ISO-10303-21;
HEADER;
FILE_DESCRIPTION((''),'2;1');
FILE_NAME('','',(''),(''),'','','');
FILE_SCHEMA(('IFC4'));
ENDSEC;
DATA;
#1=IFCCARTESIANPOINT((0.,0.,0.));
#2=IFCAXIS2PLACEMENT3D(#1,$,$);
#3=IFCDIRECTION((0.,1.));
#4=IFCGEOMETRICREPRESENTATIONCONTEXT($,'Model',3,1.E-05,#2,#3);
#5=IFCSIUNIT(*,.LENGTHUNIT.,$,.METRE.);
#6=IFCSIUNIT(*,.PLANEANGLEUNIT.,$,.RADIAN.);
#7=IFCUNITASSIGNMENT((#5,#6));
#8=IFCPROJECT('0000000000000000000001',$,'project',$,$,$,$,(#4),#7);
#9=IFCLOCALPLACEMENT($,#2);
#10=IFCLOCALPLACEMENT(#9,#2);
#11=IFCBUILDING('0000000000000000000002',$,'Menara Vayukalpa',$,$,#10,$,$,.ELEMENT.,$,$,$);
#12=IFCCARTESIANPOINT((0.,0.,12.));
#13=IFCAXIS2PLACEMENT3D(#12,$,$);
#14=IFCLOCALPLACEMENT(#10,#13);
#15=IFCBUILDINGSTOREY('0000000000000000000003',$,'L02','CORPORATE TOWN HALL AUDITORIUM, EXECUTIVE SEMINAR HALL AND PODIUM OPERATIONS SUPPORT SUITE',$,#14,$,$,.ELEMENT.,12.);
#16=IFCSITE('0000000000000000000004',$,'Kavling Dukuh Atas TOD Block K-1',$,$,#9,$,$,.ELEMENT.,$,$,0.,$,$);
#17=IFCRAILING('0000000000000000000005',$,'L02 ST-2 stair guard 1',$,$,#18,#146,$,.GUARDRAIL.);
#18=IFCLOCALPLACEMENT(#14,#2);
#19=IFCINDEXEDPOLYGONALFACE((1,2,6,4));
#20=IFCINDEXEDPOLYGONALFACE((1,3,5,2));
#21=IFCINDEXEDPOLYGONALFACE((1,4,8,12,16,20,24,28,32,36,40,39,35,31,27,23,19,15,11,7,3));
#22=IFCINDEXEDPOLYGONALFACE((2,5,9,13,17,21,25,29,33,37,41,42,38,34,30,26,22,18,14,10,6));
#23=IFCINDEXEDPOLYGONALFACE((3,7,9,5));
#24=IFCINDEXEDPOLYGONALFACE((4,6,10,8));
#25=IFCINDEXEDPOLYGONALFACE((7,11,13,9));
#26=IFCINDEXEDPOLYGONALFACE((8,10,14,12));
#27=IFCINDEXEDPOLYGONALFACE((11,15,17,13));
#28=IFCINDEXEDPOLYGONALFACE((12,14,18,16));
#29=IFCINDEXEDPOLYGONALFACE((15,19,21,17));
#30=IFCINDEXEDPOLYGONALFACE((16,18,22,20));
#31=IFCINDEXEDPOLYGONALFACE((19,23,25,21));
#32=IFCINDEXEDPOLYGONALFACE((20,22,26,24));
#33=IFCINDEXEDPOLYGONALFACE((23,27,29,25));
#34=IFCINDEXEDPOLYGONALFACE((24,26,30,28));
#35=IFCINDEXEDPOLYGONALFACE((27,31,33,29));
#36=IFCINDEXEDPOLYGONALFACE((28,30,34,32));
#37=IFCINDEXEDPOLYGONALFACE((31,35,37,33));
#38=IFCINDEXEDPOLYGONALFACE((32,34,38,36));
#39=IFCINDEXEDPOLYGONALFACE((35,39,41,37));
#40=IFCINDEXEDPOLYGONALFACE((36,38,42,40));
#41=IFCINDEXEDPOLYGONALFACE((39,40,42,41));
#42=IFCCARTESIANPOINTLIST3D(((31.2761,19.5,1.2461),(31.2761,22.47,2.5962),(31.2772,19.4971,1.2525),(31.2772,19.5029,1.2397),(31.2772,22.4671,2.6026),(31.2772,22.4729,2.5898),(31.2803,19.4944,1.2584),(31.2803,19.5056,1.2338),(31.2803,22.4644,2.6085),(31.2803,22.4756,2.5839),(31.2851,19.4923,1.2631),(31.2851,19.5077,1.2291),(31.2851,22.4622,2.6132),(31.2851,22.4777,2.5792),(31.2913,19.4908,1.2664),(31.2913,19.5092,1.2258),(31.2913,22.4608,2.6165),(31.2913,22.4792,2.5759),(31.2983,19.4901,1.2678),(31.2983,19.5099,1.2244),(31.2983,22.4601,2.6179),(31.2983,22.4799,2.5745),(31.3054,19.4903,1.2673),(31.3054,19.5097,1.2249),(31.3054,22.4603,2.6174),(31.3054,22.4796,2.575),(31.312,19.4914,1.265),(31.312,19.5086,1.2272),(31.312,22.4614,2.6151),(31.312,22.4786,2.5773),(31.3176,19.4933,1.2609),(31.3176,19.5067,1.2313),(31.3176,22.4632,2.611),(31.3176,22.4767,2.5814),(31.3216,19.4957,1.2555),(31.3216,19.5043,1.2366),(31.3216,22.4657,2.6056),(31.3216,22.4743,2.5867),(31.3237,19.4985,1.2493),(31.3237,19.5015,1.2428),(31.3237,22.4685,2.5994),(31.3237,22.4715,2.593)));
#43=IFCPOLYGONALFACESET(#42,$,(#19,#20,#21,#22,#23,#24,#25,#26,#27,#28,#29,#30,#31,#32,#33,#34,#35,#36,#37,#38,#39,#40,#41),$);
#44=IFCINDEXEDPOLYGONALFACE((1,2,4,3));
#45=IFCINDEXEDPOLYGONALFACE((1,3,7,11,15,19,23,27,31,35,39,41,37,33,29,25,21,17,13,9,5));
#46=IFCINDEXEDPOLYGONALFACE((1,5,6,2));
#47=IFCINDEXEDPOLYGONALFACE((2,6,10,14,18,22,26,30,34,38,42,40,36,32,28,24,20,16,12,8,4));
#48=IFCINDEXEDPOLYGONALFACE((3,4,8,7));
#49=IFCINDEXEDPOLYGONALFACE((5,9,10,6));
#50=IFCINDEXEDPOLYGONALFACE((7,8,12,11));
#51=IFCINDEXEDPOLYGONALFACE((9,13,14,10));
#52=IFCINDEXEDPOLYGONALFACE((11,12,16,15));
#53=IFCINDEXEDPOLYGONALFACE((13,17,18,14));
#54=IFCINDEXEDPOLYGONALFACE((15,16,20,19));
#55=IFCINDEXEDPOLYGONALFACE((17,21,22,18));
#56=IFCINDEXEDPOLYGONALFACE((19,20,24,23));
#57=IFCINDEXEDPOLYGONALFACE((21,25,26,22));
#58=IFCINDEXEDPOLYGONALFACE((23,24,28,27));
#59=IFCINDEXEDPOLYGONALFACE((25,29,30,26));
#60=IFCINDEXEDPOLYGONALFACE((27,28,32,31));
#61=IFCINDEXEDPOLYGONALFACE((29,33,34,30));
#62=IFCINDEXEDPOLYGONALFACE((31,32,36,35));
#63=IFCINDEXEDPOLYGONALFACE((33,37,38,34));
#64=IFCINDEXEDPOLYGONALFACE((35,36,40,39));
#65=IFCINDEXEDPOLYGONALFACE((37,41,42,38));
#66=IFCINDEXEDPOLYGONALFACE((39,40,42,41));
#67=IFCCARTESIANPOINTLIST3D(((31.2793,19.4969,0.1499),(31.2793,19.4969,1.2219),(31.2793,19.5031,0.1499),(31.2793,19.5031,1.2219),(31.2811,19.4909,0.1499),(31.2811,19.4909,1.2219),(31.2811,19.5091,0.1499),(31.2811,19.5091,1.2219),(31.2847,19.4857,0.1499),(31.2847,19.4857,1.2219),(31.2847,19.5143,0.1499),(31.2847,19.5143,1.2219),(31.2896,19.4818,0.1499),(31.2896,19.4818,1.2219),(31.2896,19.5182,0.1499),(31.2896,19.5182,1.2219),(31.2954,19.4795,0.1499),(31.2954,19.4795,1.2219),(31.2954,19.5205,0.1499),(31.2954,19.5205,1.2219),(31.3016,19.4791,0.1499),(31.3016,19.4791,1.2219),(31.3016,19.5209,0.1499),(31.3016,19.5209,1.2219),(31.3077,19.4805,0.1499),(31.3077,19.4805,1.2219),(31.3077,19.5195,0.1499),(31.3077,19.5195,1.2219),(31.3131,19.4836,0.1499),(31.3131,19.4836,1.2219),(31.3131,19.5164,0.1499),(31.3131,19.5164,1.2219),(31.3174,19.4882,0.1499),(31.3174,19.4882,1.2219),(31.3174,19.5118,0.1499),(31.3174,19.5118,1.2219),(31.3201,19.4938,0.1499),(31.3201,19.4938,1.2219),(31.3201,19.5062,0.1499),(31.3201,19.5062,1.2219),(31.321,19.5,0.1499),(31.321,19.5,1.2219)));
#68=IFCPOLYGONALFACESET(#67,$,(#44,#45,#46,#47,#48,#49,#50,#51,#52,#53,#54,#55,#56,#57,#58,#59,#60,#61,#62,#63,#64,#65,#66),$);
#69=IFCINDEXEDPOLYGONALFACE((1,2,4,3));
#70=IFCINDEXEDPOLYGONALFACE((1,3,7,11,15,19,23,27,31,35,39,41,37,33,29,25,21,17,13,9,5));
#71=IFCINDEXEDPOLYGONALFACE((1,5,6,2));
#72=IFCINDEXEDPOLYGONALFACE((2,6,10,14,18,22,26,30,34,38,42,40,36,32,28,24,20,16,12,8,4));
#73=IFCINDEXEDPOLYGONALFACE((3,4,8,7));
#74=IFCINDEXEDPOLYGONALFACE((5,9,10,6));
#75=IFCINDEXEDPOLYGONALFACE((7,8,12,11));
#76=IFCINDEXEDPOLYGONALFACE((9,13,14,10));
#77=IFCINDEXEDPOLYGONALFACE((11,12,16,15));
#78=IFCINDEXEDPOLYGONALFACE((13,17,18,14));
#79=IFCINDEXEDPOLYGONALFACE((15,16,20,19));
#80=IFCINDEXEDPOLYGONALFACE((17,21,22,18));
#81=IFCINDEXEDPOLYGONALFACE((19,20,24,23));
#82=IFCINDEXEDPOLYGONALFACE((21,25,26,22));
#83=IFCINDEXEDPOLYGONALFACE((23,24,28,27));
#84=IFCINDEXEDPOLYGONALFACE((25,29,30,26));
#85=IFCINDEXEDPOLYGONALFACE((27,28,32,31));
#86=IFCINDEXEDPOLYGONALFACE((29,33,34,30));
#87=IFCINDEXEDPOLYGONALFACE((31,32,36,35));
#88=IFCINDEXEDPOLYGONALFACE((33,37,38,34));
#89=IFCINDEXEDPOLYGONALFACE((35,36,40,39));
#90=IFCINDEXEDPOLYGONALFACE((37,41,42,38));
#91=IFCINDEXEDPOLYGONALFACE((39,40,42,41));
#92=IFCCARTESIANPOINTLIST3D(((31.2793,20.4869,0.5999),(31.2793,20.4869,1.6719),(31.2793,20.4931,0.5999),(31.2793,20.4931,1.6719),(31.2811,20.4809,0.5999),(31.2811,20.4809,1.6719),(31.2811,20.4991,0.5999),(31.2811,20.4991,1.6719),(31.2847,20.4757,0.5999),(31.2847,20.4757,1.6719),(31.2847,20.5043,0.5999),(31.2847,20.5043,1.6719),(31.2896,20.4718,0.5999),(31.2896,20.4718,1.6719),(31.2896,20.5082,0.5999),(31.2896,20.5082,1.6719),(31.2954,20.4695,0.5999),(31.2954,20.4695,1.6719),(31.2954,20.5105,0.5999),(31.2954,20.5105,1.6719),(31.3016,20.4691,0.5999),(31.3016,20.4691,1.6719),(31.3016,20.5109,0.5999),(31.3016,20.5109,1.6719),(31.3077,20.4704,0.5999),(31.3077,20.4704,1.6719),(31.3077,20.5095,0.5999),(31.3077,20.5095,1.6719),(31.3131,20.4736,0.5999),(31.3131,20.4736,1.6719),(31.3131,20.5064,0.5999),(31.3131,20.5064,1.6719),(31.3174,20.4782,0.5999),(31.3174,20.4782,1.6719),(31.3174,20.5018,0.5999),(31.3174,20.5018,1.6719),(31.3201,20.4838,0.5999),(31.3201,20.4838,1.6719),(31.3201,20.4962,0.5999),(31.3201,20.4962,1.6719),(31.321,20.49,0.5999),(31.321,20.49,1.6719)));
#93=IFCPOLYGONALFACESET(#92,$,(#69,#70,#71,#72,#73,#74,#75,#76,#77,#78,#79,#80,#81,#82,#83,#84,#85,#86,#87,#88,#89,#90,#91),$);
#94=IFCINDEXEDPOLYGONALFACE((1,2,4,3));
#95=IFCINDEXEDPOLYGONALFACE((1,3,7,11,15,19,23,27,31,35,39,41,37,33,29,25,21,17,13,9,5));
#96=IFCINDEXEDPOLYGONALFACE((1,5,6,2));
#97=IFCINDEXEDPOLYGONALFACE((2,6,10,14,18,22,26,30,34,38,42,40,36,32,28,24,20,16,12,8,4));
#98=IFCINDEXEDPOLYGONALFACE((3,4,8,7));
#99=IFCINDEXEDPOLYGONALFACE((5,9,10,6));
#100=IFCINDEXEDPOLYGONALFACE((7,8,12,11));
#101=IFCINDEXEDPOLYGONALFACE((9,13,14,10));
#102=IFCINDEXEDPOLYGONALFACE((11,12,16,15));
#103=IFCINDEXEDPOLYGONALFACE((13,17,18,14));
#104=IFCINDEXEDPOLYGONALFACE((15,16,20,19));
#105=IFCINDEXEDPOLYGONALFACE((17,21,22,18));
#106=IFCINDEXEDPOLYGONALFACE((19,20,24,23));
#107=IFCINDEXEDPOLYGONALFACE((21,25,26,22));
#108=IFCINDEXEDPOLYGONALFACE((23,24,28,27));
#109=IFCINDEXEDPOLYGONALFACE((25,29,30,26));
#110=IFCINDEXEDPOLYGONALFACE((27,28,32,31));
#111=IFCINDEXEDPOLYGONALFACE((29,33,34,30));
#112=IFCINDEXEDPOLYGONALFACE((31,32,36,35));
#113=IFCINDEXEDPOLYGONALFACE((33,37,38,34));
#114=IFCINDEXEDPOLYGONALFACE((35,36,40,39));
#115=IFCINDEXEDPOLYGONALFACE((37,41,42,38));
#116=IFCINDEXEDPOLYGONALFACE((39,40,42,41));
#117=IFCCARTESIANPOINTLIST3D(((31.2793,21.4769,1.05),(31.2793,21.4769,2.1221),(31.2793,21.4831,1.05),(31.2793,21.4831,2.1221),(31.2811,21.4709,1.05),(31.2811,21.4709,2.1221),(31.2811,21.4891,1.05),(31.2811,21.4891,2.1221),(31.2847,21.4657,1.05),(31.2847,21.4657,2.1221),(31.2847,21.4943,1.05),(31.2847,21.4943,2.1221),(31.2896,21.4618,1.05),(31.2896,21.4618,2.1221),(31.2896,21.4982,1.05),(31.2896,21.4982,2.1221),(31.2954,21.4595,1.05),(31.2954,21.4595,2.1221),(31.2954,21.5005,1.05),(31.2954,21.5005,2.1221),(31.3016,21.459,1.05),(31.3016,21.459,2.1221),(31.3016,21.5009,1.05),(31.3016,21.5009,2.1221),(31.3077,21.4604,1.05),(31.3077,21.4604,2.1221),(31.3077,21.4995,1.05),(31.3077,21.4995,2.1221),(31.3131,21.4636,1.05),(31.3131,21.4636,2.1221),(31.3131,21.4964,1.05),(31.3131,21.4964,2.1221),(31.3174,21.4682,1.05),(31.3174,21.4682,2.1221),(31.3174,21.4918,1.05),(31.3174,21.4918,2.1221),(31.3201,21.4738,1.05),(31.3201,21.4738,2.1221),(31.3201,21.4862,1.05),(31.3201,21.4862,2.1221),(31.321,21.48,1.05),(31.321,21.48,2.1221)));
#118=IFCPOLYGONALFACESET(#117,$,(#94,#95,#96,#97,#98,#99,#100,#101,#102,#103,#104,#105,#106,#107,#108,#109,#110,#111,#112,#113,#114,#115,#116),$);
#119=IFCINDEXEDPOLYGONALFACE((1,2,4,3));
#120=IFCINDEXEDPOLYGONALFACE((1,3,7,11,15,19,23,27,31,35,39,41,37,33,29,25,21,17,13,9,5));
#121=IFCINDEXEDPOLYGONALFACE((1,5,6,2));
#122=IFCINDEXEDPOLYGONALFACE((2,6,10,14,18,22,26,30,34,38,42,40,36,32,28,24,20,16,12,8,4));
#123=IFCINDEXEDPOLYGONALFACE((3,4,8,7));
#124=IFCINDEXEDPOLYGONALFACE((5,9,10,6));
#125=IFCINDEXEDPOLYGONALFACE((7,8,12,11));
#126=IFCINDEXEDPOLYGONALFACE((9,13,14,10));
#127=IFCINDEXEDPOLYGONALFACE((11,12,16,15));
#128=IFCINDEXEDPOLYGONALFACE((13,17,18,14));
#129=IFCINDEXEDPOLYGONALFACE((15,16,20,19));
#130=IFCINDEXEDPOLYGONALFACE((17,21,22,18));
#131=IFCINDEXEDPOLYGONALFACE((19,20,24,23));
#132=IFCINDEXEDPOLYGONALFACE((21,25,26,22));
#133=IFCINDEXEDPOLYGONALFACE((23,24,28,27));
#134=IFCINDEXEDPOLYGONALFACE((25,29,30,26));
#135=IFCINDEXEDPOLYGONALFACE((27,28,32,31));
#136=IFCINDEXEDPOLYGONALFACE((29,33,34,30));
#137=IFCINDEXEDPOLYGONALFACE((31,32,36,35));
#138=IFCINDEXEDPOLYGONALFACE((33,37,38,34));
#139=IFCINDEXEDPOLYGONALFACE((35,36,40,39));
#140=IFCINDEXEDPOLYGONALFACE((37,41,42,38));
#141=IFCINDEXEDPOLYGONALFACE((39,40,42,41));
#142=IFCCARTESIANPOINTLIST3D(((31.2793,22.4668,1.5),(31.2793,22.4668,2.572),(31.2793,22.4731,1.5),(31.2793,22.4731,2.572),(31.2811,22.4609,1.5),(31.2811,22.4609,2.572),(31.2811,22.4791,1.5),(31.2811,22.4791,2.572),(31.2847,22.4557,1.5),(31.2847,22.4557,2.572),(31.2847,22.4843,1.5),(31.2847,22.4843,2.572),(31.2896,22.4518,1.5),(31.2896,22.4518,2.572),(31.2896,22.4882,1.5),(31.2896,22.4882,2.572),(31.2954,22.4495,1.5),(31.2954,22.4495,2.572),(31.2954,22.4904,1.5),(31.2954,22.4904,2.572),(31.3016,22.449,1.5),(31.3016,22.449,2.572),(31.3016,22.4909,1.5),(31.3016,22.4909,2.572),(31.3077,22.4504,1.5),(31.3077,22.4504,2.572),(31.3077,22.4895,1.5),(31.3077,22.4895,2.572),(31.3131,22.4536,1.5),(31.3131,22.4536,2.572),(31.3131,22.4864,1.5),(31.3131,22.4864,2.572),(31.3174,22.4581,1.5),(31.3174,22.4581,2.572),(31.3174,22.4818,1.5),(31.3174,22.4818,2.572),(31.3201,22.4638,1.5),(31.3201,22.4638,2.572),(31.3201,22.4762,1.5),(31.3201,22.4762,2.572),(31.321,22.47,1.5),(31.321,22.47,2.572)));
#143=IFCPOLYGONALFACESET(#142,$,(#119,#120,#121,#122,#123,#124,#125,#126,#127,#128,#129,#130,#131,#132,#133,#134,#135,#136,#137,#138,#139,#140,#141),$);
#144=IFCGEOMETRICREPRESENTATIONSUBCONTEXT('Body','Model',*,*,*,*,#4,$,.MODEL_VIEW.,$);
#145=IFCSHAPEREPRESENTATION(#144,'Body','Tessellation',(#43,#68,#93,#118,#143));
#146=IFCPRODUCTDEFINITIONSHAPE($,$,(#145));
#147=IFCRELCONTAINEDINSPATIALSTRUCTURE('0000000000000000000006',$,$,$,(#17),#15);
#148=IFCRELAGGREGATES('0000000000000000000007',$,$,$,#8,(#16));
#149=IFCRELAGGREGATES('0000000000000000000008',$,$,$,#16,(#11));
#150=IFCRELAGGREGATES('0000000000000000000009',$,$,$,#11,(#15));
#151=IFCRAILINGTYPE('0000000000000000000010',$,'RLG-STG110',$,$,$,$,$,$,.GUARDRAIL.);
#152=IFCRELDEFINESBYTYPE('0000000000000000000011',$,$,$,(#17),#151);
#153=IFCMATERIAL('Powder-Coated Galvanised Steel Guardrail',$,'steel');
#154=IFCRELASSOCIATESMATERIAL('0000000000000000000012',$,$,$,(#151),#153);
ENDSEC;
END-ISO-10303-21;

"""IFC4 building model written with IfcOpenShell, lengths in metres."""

from ifc_helpers import new_model, si_unit, direction, frame, origin, origin_2d, place, context, subcontext, project, spatial, circle, extrude, material, type_object, element, save


model = new_model("IFC4")

# Units and contexts
model_context = context("Model", 3, precision=1e-05, world=origin(), true_north=direction((0.0, 1.0)))
body_context = subcontext(model_context, "Body", "Model", "MODEL_VIEW")
ifc_project = project(units=[si_unit("LENGTHUNIT", "METRE"), si_unit("PLANEANGLEUNIT", "RADIAN")], contexts=[model_context])

# Site, building, storey
site_placement = place(None, origin())
site = spatial("IfcSite", under=ifc_project, at=site_placement, Name="Kavling Dukuh Atas TOD Block K-1", CompositionType="ELEMENT", RefElevation=0.0)
building_placement = place(site_placement, origin())
building = spatial("IfcBuilding", under=site, at=building_placement, Name="Menara Vayukalpa", CompositionType="ELEMENT")
storey_placement = place(building_placement, frame((0.0, 0.0, 12.0)))
storey = spatial("IfcBuildingStorey", under=building, at=storey_placement, Name="L02", Description="CORPORATE TOWN HALL AUDITORIUM, EXECUTIVE SEMINAR HALL AND PODIUM OPERATIONS SUPPORT SUITE", CompositionType="ELEMENT", Elevation=12.0)

# Railing
ifc_material_1 = material(Name="Powder-Coated Galvanised Steel Guardrail", Category="steel")
railing_type = type_object("IfcRailingType", Name="RLG-STG110", PredefinedType="GUARDRAIL", material=ifc_material_1)
railing_1_placement = place(storey_placement, frame((31.3, 19.5, 0.1499)))
element("IfcRailing", 1, at=railing_1_placement, inside=storey, type_object=railing_type, Name="L02 ST-2 stair guard 1", PredefinedType="GUARDRAIL", context=body_context, shape_type="SweptSolid", body=[
    extrude(circle(Radius=0.0239, at=origin_2d()), frame((0.0, 0.0, 1.0962), z_axis=(0.0, 0.910354, 0.413831), x_axis=(-1.0, 0.0, 0.0)), (0.0, 0.0, 1.0), 3.2625),
    extrude(circle(Radius=0.021, at=origin_2d()), origin(), (0.0, 0.0, 1.0), 1.072),
    extrude(circle(Radius=0.021, at=origin_2d()), frame((0.0, 0.99, 0.45)), (0.0, 0.0, 1.0), 1.072),
    extrude(circle(Radius=0.021, at=origin_2d()), frame((0.0, 1.98, 0.9001)), (0.0, 0.0, 1.0), 1.072),
    extrude(circle(Radius=0.021, at=origin_2d()), frame((0.0, 2.97, 1.3501)), (0.0, 0.0, 1.0), 1.072),
])

save(model, "model.ifc")
